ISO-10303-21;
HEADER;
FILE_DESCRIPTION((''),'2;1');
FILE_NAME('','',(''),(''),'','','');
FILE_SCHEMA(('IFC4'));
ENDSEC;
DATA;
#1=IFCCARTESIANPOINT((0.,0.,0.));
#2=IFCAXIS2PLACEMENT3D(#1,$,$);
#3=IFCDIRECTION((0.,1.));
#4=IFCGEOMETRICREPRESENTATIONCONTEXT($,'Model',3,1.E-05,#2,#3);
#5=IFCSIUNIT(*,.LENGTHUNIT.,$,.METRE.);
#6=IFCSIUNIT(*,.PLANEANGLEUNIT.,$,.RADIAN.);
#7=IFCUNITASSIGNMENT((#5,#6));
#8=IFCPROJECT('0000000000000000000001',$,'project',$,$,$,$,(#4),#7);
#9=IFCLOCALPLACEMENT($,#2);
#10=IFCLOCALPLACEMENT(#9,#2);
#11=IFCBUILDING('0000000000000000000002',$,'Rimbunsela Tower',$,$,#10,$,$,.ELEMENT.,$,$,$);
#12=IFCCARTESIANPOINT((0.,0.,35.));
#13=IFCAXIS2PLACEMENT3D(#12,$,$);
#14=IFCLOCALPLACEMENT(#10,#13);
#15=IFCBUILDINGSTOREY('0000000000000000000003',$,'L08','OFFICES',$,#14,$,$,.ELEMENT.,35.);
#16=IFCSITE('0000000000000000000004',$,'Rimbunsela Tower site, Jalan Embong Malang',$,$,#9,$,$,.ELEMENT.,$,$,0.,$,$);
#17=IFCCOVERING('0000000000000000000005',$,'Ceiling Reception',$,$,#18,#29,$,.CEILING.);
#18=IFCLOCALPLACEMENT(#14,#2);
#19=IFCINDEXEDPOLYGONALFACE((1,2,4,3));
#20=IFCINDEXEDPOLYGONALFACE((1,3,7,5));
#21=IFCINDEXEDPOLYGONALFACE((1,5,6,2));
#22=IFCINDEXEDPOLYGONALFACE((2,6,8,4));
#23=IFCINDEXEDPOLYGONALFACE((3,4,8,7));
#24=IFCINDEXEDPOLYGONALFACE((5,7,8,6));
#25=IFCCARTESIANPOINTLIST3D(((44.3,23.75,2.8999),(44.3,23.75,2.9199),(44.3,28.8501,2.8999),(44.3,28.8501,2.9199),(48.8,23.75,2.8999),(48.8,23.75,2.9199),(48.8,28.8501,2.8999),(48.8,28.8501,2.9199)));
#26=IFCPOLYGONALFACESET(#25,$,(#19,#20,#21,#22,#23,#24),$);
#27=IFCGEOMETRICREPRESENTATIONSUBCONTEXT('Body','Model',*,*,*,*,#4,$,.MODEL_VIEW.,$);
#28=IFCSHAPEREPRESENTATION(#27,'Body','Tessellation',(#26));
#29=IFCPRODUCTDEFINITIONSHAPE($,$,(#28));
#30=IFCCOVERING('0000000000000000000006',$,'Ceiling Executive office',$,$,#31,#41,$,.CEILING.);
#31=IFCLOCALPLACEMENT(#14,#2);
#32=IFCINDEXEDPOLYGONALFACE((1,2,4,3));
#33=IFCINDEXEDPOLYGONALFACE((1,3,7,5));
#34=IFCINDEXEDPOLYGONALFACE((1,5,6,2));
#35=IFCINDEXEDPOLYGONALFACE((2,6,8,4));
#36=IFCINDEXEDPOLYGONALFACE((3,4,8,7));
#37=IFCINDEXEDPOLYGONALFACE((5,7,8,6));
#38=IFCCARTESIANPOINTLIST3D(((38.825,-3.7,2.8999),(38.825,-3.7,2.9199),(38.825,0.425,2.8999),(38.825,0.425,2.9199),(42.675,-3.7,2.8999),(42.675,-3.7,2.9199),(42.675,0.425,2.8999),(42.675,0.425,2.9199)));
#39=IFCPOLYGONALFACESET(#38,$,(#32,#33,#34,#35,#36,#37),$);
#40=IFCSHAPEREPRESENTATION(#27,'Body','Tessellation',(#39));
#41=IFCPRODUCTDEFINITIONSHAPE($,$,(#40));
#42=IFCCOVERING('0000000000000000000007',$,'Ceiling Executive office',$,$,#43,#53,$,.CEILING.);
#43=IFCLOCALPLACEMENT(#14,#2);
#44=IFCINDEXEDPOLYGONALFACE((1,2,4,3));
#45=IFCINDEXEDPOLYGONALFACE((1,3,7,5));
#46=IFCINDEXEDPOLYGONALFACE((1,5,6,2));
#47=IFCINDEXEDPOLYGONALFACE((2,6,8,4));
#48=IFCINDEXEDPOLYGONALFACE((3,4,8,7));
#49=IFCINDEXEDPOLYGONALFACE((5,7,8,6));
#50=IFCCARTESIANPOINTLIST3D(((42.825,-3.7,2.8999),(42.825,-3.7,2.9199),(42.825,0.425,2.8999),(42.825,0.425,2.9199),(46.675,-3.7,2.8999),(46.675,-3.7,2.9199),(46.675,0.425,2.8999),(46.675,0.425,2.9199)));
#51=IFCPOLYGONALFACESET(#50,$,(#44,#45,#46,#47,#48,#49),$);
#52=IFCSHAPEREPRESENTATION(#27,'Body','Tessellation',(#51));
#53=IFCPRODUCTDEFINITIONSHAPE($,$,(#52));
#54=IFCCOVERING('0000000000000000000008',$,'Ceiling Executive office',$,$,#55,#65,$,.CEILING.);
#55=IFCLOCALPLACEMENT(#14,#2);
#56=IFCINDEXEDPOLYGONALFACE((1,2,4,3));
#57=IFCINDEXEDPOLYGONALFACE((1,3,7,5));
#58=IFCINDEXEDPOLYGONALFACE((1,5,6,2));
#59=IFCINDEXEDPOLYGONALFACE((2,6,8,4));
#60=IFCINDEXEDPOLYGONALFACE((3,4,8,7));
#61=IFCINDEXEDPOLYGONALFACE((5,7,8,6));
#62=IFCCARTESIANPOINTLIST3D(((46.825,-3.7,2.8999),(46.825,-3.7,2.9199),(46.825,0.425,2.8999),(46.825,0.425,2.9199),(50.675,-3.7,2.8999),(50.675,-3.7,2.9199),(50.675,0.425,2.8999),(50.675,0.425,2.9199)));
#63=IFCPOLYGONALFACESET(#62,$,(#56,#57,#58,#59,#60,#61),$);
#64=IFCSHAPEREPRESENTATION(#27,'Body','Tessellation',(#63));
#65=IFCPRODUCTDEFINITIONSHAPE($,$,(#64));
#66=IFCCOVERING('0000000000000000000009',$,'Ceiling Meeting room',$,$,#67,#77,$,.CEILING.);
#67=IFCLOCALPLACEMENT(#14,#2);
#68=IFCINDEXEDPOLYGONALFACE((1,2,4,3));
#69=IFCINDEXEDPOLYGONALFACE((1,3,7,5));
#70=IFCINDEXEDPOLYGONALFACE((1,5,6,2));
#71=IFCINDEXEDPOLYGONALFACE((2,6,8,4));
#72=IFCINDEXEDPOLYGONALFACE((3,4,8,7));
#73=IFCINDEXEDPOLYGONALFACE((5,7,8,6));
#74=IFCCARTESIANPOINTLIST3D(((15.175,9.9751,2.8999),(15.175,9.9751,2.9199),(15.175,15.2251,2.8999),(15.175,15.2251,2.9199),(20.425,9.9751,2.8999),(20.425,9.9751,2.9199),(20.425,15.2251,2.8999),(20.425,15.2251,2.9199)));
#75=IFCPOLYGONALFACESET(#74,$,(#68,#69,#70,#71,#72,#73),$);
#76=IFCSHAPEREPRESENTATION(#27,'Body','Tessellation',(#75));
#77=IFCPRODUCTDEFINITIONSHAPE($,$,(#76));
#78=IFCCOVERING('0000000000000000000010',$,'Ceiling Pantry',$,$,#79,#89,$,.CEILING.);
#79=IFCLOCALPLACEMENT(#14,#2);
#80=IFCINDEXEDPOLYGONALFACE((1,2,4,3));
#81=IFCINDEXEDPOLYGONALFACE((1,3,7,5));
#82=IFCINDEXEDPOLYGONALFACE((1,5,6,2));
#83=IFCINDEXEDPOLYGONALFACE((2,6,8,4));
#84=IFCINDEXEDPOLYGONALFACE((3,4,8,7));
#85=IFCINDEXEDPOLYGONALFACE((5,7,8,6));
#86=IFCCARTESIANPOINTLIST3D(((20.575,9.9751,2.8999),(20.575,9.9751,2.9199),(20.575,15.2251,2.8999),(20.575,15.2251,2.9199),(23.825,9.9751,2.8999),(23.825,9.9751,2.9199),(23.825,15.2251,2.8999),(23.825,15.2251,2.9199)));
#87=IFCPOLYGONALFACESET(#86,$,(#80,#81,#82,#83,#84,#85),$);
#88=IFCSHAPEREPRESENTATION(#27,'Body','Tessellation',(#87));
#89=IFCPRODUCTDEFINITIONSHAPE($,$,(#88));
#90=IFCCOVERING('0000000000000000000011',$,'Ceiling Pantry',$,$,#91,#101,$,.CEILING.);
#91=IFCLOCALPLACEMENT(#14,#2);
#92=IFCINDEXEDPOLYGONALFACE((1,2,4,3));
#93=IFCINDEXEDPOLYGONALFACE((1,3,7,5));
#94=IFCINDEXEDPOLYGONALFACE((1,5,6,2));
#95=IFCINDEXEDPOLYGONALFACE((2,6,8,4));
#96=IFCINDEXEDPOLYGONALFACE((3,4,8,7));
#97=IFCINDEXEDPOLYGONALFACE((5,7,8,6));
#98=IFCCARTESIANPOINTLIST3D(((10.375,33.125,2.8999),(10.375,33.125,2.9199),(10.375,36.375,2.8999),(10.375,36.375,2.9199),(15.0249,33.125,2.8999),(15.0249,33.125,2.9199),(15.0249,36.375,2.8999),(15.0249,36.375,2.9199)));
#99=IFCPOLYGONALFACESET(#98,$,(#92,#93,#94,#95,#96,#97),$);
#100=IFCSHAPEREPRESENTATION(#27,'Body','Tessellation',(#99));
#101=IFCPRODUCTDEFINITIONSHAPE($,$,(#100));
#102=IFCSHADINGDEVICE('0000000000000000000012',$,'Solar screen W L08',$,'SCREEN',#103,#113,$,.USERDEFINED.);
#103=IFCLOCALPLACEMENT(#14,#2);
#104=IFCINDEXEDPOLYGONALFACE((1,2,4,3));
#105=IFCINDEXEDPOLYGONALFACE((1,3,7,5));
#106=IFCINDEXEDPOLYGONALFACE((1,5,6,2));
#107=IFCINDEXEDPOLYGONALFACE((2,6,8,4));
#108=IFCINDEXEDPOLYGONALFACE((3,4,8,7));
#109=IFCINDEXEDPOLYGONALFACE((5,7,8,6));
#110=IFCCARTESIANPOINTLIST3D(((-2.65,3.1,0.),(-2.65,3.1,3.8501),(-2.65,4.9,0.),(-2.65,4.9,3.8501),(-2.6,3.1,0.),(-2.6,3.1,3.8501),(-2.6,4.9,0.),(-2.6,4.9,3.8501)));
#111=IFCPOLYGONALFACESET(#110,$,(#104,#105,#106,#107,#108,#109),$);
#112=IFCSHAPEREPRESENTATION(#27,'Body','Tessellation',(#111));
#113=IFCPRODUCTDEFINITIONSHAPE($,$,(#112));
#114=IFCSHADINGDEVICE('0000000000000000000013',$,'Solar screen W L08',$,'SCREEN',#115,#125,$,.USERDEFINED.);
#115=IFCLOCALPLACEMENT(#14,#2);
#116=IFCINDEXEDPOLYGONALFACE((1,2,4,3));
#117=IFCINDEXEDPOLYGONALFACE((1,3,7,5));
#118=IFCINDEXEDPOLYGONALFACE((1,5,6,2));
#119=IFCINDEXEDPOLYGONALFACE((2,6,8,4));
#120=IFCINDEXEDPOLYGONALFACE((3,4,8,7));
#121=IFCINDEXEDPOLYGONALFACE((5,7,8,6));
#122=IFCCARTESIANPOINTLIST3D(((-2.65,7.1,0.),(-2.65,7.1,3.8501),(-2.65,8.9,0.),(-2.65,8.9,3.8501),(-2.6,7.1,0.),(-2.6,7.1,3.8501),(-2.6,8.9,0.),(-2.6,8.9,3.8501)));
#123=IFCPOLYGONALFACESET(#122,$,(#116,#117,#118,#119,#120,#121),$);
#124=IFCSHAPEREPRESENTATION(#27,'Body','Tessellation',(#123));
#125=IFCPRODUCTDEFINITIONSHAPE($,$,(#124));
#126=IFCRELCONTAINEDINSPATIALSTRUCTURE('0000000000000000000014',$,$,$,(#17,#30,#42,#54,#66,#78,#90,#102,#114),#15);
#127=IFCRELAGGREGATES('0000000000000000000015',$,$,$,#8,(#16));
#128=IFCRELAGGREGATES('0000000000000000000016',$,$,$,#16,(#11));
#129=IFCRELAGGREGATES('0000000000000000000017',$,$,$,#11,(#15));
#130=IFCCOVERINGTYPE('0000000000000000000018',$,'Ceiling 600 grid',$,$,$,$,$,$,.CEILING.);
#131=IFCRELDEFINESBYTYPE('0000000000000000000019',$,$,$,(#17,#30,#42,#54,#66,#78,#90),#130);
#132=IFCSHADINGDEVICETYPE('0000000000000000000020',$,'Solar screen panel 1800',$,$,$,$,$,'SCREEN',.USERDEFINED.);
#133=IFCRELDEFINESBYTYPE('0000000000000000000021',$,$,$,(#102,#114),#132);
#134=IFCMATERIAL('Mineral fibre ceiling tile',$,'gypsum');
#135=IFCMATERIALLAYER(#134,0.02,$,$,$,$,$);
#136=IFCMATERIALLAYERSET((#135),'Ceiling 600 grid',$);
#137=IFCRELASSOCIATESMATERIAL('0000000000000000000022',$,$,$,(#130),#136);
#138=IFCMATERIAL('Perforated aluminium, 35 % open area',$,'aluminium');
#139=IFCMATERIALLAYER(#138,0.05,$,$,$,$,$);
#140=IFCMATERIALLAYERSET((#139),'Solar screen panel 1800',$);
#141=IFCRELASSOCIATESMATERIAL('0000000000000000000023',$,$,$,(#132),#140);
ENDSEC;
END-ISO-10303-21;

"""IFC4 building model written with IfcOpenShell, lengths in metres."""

from ifc_helpers import new_model, si_unit, direction, frame, origin, origin_2d, place, context, subcontext, project, spatial, polyline, rectangle, outline, extrude, material, layer, layer_set, type_object, element, save


model = new_model("IFC4")

# Units and contexts
model_context = context("Model", 3, precision=1e-05, world=origin(), true_north=direction((0.0, 1.0)))
body_context = subcontext(model_context, "Body", "Model", "MODEL_VIEW")
ifc_project = project(units=[si_unit("LENGTHUNIT", "METRE"), si_unit("PLANEANGLEUNIT", "RADIAN")], contexts=[model_context])

# Site, building, storey
site_placement = place(None, origin())
site = spatial("IfcSite", under=ifc_project, at=site_placement, Name="Rimbunsela Tower site, Jalan Embong Malang", CompositionType="ELEMENT", RefElevation=0.0)
building_placement = place(site_placement, origin())
building = spatial("IfcBuilding", under=site, at=building_placement, Name="Rimbunsela Tower", CompositionType="ELEMENT")
storey_placement = place(building_placement, frame((0.0, 0.0, 35.0)))
storey = spatial("IfcBuildingStorey", under=building, at=storey_placement, Name="L08", Description="OFFICES", CompositionType="ELEMENT", Elevation=35.0)

# Coverings
ifc_material_1 = material(Name="Mineral fibre ceiling tile", Category="gypsum")
ifc_layer_1 = layer(ifc_material_1, 0.02)
ifc_layer_set_1 = layer_set([ifc_layer_1], Name="Ceiling 600 grid")
covering_type_1 = type_object("IfcCoveringType", Name="Ceiling 600 grid", PredefinedType="CEILING", material=ifc_layer_set_1)
covering_1_placement = place(storey_placement, frame((0.0, 0.0, 2.8999)))
element("IfcCovering", 1, at=covering_1_placement, inside=storey, type_object=covering_type_1, Name="Ceiling Reception", PredefinedType="CEILING", context=body_context, shape_type="SweptSolid", body=[
    extrude(outline(polyline([(48.8, 23.75), (48.8, 28.8501), (44.3, 28.8501), (44.3, 23.75), (48.8, 23.75)])), origin(), (0.0, 0.0, 1.0), 0.02),
])
covering_2_placement = place(storey_placement, frame((0.0, 0.0, 2.8999)))
element("IfcCovering", 2, at=covering_2_placement, inside=storey, type_object=covering_type_1, Name="Ceiling Executive office", PredefinedType="CEILING", context=body_context, shape_type="SweptSolid", body=[
    extrude(outline(polyline([(42.675, -3.7), (42.675, 0.425), (38.825, 0.425), (38.825, -3.7), (42.675, -3.7)])), origin(), (0.0, 0.0, 1.0), 0.02),
])
covering_3_placement = place(storey_placement, frame((0.0, 0.0, 2.8999)))
element("IfcCovering", 3, at=covering_3_placement, inside=storey, type_object=covering_type_1, Name="Ceiling Executive office", PredefinedType="CEILING", context=body_context, shape_type="SweptSolid", body=[
    extrude(outline(polyline([(46.675, -3.7), (46.675, 0.425), (42.825, 0.425), (42.825, -3.7), (46.675, -3.7)])), origin(), (0.0, 0.0, 1.0), 0.02),
])
covering_4_placement = place(storey_placement, frame((0.0, 0.0, 2.8999)))
element("IfcCovering", 4, at=covering_4_placement, inside=storey, type_object=covering_type_1, Name="Ceiling Executive office", PredefinedType="CEILING", context=body_context, shape_type="SweptSolid", body=[
    extrude(outline(polyline([(50.675, -3.7), (50.675, 0.425), (46.825, 0.425), (46.825, -3.7), (50.675, -3.7)])), origin(), (0.0, 0.0, 1.0), 0.02),
])
covering_5_placement = place(storey_placement, frame((0.0, 0.0, 2.8999)))
element("IfcCovering", 5, at=covering_5_placement, inside=storey, type_object=covering_type_1, Name="Ceiling Meeting room", PredefinedType="CEILING", context=body_context, shape_type="SweptSolid", body=[
    extrude(outline(polyline([(20.425, 9.9751), (20.425, 15.2251), (15.175, 15.2251), (15.175, 9.9751), (20.425, 9.9751)])), origin(), (0.0, 0.0, 1.0), 0.02),
])
covering_6_placement = place(storey_placement, frame((0.0, 0.0, 2.8999)))
element("IfcCovering", 6, at=covering_6_placement, inside=storey, type_object=covering_type_1, Name="Ceiling Pantry", PredefinedType="CEILING", context=body_context, shape_type="SweptSolid", body=[
    extrude(outline(polyline([(23.825, 9.9751), (23.825, 15.2251), (20.575, 15.2251), (20.575, 9.9751), (23.825, 9.9751)])), origin(), (0.0, 0.0, 1.0), 0.02),
])
covering_7_placement = place(storey_placement, frame((0.0, 0.0, 2.8999)))
element("IfcCovering", 7, at=covering_7_placement, inside=storey, type_object=covering_type_1, Name="Ceiling Pantry", PredefinedType="CEILING", context=body_context, shape_type="SweptSolid", body=[
    extrude(outline(polyline([(15.0249, 33.125), (15.0249, 36.375), (10.375, 36.375), (10.375, 33.125), (15.0249, 33.125)])), origin(), (0.0, 0.0, 1.0), 0.02),
])

# Shading devices
ifc_material_2 = material(Name="Perforated aluminium, 35 % open area", Category="aluminium")
ifc_layer_2 = layer(ifc_material_2, 0.05)
ifc_layer_set_2 = layer_set([ifc_layer_2], Name="Solar screen panel 1800")
shading_device_type = type_object("IfcShadingDeviceType", Name="Solar screen panel 1800", ElementType="SCREEN", PredefinedType="USERDEFINED", material=ifc_layer_set_2)
for number, where, z_axis, x_axis, name in (
    (8, (-2.625, 4.0, 0.0), (0.0, 0.0, 1.0), (0.0, 1.0, 0.0), "Solar screen W L08"),
    (9, (-2.625, 8.0, 0.0), (0.0, 0.0, 1.0), (0.0, 1.0, 0.0), "Solar screen W L08"),
):
    element("IfcShadingDevice", number, at=place(storey_placement, frame(where, z_axis=z_axis, x_axis=x_axis)), inside=storey, type_object=shading_device_type, Name=name, ObjectType="SCREEN", PredefinedType="USERDEFINED", context=body_context, shape_type="SweptSolid", body=[
        extrude(rectangle(XDim=1.8, YDim=0.05, at=origin_2d()), origin(), (0.0, 0.0, 1.0), 3.8501),
    ])

save(model, "model.ifc")
